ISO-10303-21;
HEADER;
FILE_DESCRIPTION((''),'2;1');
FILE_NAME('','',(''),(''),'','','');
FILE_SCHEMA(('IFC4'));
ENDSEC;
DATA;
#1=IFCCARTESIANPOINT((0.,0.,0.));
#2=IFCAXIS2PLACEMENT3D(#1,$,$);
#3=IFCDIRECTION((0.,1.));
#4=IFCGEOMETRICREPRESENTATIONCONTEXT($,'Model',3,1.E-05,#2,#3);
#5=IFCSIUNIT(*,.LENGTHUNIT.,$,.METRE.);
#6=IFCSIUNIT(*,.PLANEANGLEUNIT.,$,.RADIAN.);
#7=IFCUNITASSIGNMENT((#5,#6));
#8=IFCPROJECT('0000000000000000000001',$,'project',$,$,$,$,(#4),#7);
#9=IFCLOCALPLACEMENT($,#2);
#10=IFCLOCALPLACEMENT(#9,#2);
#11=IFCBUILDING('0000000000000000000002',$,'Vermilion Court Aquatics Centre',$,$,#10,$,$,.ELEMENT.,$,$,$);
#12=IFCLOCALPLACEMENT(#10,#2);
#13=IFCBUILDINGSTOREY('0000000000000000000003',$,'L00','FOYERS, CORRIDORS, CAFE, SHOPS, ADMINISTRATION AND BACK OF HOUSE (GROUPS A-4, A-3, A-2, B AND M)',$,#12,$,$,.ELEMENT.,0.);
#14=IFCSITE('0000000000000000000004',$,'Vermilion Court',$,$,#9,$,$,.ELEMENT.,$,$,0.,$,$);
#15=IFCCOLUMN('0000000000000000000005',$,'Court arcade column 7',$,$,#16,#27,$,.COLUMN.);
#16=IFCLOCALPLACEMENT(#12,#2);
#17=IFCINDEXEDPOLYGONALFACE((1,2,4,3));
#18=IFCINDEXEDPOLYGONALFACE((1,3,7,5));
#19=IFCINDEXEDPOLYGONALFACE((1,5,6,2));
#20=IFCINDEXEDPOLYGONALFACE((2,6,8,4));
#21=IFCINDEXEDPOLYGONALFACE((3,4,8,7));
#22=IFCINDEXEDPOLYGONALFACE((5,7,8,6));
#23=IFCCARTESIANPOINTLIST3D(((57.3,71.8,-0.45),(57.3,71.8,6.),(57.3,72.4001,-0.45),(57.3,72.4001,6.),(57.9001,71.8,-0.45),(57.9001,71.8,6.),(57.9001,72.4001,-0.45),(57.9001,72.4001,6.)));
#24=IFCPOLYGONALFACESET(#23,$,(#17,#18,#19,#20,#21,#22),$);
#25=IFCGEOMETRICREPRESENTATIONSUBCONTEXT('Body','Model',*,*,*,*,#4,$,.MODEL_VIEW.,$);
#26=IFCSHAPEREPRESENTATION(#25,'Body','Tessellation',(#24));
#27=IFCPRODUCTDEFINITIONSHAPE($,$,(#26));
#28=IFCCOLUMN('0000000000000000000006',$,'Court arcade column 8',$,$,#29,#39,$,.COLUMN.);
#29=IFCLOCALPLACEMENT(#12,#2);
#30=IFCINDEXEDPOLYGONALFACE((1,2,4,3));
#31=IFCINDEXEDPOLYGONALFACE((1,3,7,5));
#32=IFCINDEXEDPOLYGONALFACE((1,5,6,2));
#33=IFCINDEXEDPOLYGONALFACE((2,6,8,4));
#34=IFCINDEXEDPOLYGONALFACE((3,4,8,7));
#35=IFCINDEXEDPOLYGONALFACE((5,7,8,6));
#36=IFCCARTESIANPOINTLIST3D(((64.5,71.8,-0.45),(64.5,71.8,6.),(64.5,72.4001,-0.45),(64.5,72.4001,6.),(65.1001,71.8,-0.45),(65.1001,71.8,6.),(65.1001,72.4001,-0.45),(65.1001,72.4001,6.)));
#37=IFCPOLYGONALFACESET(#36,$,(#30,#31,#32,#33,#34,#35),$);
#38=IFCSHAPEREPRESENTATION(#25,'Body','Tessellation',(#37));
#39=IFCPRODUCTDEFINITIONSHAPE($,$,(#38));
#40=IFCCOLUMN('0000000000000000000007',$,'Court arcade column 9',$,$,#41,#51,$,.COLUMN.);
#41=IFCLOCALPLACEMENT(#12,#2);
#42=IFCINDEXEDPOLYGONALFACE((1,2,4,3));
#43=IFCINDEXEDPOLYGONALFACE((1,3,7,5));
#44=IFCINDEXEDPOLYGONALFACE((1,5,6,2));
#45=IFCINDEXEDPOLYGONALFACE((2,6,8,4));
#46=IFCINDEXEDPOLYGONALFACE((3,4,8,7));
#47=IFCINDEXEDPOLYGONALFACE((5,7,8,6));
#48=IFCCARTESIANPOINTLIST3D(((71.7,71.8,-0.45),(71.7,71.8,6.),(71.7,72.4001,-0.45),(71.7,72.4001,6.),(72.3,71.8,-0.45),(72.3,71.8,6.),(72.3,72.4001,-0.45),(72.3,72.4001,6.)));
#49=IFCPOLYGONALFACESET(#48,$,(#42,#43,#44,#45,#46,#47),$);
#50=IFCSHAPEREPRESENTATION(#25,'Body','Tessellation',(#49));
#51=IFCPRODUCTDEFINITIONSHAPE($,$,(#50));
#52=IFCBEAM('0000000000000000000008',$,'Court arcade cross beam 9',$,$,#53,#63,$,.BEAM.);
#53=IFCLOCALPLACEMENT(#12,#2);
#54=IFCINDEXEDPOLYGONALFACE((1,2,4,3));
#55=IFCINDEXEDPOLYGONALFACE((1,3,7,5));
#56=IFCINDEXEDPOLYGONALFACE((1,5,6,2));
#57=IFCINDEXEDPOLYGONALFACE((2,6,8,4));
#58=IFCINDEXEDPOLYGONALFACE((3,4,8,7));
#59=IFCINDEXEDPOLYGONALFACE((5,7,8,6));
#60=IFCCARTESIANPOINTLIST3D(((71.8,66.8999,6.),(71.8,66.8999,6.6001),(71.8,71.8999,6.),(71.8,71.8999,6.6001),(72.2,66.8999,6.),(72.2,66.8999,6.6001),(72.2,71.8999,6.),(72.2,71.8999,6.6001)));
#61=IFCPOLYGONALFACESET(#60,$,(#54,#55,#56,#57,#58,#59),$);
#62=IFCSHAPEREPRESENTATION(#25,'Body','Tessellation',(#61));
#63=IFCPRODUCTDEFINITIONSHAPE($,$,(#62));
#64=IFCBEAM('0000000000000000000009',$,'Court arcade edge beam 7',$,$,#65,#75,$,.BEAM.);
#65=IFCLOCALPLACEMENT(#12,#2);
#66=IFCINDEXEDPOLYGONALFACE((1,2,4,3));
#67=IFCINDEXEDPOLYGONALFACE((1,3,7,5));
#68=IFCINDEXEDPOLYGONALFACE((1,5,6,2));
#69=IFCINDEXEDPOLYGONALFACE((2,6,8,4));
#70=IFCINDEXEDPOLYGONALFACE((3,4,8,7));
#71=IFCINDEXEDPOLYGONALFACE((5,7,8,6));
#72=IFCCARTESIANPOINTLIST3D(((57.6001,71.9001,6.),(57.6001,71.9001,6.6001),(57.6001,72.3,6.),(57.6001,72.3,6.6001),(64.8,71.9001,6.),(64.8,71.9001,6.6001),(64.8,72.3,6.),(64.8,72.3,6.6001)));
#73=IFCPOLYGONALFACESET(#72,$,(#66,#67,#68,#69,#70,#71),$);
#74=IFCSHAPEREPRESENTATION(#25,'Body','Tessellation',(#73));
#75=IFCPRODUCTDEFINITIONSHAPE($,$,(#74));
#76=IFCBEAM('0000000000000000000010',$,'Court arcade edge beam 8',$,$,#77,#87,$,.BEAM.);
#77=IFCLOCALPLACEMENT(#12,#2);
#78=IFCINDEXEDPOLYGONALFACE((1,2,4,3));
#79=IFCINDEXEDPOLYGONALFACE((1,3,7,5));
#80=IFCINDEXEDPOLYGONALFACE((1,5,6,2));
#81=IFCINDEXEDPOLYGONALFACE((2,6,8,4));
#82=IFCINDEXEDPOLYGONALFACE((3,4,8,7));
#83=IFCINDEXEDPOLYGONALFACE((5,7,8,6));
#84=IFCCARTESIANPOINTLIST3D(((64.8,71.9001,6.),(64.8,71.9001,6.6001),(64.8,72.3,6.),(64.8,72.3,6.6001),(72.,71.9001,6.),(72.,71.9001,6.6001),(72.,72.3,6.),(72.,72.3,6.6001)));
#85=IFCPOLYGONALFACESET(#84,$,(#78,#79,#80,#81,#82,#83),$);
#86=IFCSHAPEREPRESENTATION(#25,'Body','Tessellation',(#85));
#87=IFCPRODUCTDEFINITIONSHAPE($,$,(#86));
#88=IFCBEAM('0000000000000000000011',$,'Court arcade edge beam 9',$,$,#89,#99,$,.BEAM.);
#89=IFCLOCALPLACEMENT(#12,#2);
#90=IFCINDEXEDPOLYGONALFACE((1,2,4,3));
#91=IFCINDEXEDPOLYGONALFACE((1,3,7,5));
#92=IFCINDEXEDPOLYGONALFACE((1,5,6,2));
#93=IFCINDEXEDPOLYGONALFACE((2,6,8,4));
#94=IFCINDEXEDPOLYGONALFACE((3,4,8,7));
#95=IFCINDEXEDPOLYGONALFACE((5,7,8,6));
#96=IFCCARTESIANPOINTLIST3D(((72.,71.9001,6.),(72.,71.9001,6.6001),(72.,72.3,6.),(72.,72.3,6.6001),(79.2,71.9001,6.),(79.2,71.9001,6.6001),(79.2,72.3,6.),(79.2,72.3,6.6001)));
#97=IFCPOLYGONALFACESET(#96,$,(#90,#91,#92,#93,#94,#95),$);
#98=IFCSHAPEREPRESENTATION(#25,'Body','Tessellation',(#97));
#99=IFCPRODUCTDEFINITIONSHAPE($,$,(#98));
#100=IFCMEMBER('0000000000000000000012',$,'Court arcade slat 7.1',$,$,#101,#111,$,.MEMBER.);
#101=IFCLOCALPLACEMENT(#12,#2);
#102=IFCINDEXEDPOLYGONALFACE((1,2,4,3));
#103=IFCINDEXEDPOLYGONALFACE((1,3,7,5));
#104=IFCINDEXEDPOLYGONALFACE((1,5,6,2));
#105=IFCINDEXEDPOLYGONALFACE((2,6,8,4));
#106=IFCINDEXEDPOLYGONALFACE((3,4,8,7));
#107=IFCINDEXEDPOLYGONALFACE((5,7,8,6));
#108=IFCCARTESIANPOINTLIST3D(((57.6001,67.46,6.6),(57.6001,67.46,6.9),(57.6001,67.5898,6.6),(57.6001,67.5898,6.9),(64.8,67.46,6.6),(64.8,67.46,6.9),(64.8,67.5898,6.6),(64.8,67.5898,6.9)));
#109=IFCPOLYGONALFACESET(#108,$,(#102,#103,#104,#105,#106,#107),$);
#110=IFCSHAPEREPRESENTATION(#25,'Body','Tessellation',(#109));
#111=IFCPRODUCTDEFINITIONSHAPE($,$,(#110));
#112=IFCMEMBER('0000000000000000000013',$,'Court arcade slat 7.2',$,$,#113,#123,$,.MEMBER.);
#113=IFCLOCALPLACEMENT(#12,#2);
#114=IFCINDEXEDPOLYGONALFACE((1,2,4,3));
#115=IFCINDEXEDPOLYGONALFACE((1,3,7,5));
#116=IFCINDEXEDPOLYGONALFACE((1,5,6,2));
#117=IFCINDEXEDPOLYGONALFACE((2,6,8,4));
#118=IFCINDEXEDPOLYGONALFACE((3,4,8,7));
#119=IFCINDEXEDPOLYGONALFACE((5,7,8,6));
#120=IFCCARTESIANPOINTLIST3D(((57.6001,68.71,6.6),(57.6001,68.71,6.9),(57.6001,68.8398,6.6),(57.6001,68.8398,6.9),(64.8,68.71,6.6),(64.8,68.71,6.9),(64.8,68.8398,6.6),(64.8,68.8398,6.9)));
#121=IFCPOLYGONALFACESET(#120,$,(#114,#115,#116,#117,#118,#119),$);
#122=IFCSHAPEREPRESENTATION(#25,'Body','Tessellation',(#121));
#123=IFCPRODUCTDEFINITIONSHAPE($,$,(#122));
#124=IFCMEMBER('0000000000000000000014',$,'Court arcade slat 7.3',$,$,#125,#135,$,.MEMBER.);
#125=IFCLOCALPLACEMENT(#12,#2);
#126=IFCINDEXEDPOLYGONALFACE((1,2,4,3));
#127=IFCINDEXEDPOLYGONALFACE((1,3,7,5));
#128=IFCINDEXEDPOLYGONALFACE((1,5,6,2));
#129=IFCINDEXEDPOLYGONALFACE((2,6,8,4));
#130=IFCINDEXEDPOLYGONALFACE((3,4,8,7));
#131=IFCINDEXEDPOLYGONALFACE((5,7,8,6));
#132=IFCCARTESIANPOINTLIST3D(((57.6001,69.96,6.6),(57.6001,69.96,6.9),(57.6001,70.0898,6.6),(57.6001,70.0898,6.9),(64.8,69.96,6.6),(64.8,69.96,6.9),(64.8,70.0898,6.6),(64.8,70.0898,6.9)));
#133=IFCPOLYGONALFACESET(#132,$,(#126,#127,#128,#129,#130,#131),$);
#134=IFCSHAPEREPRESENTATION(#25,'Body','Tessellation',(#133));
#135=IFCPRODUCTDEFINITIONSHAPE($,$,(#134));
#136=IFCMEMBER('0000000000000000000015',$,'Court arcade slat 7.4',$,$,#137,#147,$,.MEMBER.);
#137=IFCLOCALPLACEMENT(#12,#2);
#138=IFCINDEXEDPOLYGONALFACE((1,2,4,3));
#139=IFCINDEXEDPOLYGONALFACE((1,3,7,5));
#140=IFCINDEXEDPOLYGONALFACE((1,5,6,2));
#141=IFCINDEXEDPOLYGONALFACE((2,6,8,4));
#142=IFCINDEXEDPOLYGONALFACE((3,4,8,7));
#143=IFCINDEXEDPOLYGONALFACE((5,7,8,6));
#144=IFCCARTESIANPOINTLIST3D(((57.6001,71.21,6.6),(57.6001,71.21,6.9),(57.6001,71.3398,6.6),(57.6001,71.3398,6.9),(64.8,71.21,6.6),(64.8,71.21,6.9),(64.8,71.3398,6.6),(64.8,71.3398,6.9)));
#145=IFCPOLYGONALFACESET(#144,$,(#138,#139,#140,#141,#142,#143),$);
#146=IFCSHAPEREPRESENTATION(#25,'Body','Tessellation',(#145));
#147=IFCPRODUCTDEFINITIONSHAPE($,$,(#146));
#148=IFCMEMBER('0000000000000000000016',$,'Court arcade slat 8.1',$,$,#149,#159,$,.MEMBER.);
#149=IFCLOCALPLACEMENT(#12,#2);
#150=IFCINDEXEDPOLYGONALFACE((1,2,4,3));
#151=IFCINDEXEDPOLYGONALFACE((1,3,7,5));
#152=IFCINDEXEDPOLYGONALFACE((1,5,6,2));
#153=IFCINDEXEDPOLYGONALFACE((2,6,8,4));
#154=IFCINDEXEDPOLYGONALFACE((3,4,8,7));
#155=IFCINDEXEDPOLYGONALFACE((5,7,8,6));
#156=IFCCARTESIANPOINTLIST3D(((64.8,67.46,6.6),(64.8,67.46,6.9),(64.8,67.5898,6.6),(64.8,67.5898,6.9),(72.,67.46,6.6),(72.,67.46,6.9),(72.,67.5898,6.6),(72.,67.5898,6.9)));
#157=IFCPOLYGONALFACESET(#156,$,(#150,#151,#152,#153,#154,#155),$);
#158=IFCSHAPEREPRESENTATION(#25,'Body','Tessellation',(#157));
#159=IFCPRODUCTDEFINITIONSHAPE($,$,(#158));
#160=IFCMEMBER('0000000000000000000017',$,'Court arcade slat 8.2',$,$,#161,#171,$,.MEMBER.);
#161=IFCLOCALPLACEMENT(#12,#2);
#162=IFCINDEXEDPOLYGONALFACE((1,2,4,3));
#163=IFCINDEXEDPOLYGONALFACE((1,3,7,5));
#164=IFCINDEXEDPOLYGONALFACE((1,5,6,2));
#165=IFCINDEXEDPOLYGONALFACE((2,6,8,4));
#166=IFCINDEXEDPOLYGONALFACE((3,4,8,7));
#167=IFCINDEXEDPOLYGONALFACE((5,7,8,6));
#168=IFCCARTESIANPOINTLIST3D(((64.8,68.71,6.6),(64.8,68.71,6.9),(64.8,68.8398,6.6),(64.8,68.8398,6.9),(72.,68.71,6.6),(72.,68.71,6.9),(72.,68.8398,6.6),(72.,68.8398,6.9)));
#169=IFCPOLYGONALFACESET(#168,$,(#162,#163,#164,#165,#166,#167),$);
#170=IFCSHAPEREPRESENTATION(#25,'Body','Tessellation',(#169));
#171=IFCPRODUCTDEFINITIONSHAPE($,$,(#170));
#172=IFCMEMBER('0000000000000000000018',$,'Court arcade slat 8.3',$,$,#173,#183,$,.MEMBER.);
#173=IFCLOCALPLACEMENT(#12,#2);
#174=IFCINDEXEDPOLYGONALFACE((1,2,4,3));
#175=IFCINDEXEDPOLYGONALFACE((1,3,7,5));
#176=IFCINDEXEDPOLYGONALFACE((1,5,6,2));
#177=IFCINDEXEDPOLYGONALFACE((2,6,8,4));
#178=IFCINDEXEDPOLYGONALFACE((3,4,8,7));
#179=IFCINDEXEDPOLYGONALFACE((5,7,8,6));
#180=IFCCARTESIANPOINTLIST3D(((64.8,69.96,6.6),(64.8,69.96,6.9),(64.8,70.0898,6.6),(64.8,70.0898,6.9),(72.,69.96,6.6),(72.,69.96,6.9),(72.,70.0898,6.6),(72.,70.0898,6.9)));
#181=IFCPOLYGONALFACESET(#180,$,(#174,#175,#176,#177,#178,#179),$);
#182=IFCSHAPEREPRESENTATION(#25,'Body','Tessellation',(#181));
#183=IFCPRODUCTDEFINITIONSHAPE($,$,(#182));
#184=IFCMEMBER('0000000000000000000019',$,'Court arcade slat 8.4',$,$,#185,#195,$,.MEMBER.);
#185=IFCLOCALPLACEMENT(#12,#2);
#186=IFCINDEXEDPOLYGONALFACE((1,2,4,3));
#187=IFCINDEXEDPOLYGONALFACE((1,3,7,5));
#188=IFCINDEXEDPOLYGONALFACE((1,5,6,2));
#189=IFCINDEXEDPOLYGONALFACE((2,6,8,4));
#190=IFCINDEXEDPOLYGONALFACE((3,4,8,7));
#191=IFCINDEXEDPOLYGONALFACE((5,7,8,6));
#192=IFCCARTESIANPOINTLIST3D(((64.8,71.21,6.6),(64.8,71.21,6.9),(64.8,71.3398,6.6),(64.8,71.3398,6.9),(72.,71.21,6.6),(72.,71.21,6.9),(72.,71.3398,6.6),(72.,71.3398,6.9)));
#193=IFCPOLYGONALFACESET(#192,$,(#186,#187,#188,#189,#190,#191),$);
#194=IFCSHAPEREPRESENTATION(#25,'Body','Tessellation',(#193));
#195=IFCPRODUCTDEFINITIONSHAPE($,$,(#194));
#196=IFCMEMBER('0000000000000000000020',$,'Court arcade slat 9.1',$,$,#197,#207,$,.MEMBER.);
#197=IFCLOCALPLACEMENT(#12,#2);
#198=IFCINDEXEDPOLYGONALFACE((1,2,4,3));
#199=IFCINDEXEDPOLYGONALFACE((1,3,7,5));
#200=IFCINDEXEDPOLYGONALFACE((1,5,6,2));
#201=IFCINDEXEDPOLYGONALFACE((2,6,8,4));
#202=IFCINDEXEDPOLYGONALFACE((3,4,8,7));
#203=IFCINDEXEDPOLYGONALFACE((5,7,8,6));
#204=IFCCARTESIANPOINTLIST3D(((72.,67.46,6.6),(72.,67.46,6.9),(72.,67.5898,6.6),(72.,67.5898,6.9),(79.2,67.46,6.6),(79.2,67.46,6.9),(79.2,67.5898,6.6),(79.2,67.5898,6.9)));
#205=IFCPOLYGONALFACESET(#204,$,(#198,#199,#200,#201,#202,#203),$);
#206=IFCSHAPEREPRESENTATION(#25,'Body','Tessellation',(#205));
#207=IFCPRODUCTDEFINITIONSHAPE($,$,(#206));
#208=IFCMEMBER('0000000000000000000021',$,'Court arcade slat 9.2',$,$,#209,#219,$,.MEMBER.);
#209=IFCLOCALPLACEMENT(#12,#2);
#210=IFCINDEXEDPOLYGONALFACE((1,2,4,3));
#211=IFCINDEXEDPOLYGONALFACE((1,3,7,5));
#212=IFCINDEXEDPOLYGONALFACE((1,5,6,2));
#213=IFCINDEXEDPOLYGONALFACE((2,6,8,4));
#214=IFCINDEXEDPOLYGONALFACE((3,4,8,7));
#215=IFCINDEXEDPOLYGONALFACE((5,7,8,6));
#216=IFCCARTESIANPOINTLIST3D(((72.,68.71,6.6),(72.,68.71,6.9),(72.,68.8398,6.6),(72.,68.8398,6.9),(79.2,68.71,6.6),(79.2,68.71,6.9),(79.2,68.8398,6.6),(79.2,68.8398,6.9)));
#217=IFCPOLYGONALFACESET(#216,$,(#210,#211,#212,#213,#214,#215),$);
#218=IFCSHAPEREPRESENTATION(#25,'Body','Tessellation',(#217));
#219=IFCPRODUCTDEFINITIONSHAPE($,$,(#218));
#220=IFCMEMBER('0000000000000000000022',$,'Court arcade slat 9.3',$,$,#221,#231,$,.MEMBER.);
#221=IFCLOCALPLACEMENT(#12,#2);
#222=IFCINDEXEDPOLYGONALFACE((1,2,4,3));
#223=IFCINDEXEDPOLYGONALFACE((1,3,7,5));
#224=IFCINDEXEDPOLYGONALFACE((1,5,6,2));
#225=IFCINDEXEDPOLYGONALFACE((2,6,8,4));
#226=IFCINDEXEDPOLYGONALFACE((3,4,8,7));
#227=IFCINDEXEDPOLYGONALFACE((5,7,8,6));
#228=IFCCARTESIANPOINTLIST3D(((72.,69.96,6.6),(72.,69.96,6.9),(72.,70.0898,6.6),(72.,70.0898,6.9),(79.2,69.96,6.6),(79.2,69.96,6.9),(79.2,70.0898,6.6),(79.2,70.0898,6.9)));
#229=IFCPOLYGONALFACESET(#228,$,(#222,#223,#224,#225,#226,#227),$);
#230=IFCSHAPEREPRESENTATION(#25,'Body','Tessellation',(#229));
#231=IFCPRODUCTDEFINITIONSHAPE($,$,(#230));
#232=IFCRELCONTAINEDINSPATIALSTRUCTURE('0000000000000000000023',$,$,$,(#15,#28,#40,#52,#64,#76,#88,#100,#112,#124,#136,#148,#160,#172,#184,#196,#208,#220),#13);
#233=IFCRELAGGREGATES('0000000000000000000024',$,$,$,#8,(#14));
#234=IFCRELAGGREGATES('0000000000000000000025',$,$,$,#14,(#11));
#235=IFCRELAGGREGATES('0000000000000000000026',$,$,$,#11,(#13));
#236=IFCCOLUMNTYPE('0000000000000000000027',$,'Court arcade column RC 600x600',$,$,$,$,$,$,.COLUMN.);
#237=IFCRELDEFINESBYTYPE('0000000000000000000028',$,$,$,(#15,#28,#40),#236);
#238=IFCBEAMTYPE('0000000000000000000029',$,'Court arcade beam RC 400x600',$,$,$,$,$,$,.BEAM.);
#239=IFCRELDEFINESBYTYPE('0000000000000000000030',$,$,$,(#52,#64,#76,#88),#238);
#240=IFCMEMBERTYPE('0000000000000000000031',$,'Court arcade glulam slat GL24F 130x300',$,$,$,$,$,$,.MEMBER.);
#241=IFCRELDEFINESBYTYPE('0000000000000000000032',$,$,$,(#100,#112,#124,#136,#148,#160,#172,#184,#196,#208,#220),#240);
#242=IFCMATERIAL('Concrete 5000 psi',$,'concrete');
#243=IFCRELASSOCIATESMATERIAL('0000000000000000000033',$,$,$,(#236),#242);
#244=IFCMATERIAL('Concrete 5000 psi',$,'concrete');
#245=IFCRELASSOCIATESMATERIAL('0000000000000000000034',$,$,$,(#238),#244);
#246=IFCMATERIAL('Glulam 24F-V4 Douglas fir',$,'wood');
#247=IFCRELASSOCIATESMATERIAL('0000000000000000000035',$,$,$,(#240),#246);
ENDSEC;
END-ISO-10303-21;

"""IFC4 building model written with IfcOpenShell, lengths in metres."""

from ifc_helpers import new_model, si_unit, direction, frame, origin, origin_2d, place, context, subcontext, project, spatial, rectangle, extrude, material, material_profile, profile_set, type_object, element, save


model = new_model("IFC4")

# Units and contexts
model_context = context("Model", 3, precision=1e-05, world=origin(), true_north=direction((0.0, 1.0)))
body_context = subcontext(model_context, "Body", "Model", "MODEL_VIEW")
ifc_project = project(units=[si_unit("LENGTHUNIT", "METRE"), si_unit("PLANEANGLEUNIT", "RADIAN")], contexts=[model_context])

# Site, building, storey
site_placement = place(None, origin())
site = spatial("IfcSite", under=ifc_project, at=site_placement, Name="Vermilion Court", CompositionType="ELEMENT", RefElevation=0.0)
building_placement = place(site_placement, origin())
building = spatial("IfcBuilding", under=site, at=building_placement, Name="Vermilion Court Aquatics Centre", CompositionType="ELEMENT")
storey_placement = place(building_placement, origin())
storey = spatial("IfcBuildingStorey", under=building, at=storey_placement, Name="L00", Description="FOYERS, CORRIDORS, CAFE, SHOPS, ADMINISTRATION AND BACK OF HOUSE (GROUPS A-4, A-3, A-2, B AND M)", CompositionType="ELEMENT", Elevation=0.0)

# Columns
ifc_material_1 = material(Name="Concrete 5000 psi", Category="concrete")
ifc_material_profile_1 = material_profile(ifc_material_1, rectangle(XDim=0.6001, YDim=0.6001, at=origin_2d()), Name="RC 600x600")
ifc_profile_set_1 = profile_set([ifc_material_profile_1], Name="Concrete 5000 psi")
column_type = type_object("IfcColumnType", Name="Court arcade column RC 600x600", PredefinedType="COLUMN", material=ifc_profile_set_1)
for number, where, z_axis, x_axis, name in (
    (1, (57.6001, 72.1001, -0.45), (0.0, 0.0, 1.0), (1.0, 0.0, 0.0), "Court arcade column 7"),
    (2, (64.8, 72.1001, -0.45), (0.0, 0.0, 1.0), (1.0, 0.0, 0.0), "Court arcade column 8"),
    (3, (72.0, 72.1001, -0.45), (0.0, 0.0, 1.0), (1.0, 0.0, 0.0), "Court arcade column 9"),
):
    element("IfcColumn", number, at=place(storey_placement, frame(where, z_axis=z_axis, x_axis=x_axis)), inside=storey, type_object=column_type, Name=name, PredefinedType="COLUMN", context=body_context, shape_type="SweptSolid", body=[
        extrude(rectangle(XDim=0.6001, YDim=0.6001, at=origin_2d()), origin(), (0.0, 0.0, 1.0), 6.45),
    ])

# Beams
ifc_material_2 = material(Name="Concrete 5000 psi", Category="concrete")
ifc_material_profile_2 = material_profile(ifc_material_2, rectangle(XDim=0.3999, YDim=0.6001, at=origin_2d()), Name="RC 400x600")
ifc_profile_set_2 = profile_set([ifc_material_profile_2], Name="Concrete 5000 psi")
beam_type = type_object("IfcBeamType", Name="Court arcade beam RC 400x600", PredefinedType="BEAM", material=ifc_profile_set_2)
beam_placement = place(storey_placement, frame((72.0, 66.8999, 6.3), z_axis=(0.0, 1.0, 0.0), x_axis=(-1.0, 0.0, 0.0)))
element("IfcBeam", 4, at=beam_placement, inside=storey, type_object=beam_type, Name="Court arcade cross beam 9", PredefinedType="BEAM", context=body_context, shape_type="SweptSolid", body=[
    extrude(rectangle(XDim=0.3999, YDim=0.6001, at=origin_2d()), origin(), (0.0, 0.0, 1.0), 5.0),
])
for number, where, z_axis, x_axis, name in (
    (5, (57.6001, 72.1001, 6.3), (1.0, 0.0, 0.0), (0.0, 1.0, 0.0), "Court arcade edge beam 7"),
    (6, (64.8, 72.1001, 6.3), (1.0, 0.0, 0.0), (0.0, 1.0, 0.0), "Court arcade edge beam 8"),
    (7, (72.0, 72.1001, 6.3), (1.0, 0.0, 0.0), (0.0, 1.0, 0.0), "Court arcade edge beam 9"),
):
    element("IfcBeam", number, at=place(storey_placement, frame(where, z_axis=z_axis, x_axis=x_axis)), inside=storey, type_object=beam_type, Name=name, PredefinedType="BEAM", context=body_context, shape_type="SweptSolid", body=[
        extrude(rectangle(XDim=0.3999, YDim=0.6001, at=origin_2d()), origin(), (0.0, 0.0, 1.0), 7.2),
    ])

# Members
ifc_material_3 = material(Name="Glulam 24F-V4 Douglas fir", Category="wood")
ifc_material_profile_3 = material_profile(ifc_material_3, rectangle(XDim=0.1299, YDim=0.3, at=origin_2d()), Name="GL24F 130x300")
ifc_profile_set_3 = profile_set([ifc_material_profile_3], Name="Glulam 24F-V4 Douglas fir")
member_type = type_object("IfcMemberType", Name="Court arcade glulam slat GL24F 130x300", PredefinedType="MEMBER", material=ifc_profile_set_3)
for number, where, z_axis, x_axis, name in (
    (8, (57.6001, 67.5249, 6.75), (1.0, 0.0, 0.0), (0.0, 1.0, 0.0), "Court arcade slat 7.1"),
    (9, (57.6001, 68.7749, 6.75), (1.0, 0.0, 0.0), (0.0, 1.0, 0.0), "Court arcade slat 7.2"),
    (10, (57.6001, 70.0249, 6.75), (1.0, 0.0, 0.0), (0.0, 1.0, 0.0), "Court arcade slat 7.3"),
    (11, (57.6001, 71.2749, 6.75), (1.0, 0.0, 0.0), (0.0, 1.0, 0.0), "Court arcade slat 7.4"),
    (12, (64.8, 67.5249, 6.75), (1.0, 0.0, 0.0), (0.0, 1.0, 0.0), "Court arcade slat 8.1"),
    (13, (64.8, 68.7749, 6.75), (1.0, 0.0, 0.0), (0.0, 1.0, 0.0), "Court arcade slat 8.2"),
    (14, (64.8, 70.0249, 6.75), (1.0, 0.0, 0.0), (0.0, 1.0, 0.0), "Court arcade slat 8.3"),
    (15, (64.8, 71.2749, 6.75), (1.0, 0.0, 0.0), (0.0, 1.0, 0.0), "Court arcade slat 8.4"),
    (16, (72.0, 67.5249, 6.75), (1.0, 0.0, 0.0), (0.0, 1.0, 0.0), "Court arcade slat 9.1"),
    (17, (72.0, 68.7749, 6.75), (1.0, 0.0, 0.0), (0.0, 1.0, 0.0), "Court arcade slat 9.2"),
    (18, (72.0, 70.0249, 6.75), (1.0, 0.0, 0.0), (0.0, 1.0, 0.0), "Court arcade slat 9.3"),
):
    element("IfcMember", number, at=place(storey_placement, frame(where, z_axis=z_axis, x_axis=x_axis)), inside=storey, type_object=member_type, Name=name, PredefinedType="MEMBER", context=body_context, shape_type="SweptSolid", body=[
        extrude(rectangle(XDim=0.1299, YDim=0.3, at=origin_2d()), origin(), (0.0, 0.0, 1.0), 7.2),
    ])

save(model, "model.ifc")
